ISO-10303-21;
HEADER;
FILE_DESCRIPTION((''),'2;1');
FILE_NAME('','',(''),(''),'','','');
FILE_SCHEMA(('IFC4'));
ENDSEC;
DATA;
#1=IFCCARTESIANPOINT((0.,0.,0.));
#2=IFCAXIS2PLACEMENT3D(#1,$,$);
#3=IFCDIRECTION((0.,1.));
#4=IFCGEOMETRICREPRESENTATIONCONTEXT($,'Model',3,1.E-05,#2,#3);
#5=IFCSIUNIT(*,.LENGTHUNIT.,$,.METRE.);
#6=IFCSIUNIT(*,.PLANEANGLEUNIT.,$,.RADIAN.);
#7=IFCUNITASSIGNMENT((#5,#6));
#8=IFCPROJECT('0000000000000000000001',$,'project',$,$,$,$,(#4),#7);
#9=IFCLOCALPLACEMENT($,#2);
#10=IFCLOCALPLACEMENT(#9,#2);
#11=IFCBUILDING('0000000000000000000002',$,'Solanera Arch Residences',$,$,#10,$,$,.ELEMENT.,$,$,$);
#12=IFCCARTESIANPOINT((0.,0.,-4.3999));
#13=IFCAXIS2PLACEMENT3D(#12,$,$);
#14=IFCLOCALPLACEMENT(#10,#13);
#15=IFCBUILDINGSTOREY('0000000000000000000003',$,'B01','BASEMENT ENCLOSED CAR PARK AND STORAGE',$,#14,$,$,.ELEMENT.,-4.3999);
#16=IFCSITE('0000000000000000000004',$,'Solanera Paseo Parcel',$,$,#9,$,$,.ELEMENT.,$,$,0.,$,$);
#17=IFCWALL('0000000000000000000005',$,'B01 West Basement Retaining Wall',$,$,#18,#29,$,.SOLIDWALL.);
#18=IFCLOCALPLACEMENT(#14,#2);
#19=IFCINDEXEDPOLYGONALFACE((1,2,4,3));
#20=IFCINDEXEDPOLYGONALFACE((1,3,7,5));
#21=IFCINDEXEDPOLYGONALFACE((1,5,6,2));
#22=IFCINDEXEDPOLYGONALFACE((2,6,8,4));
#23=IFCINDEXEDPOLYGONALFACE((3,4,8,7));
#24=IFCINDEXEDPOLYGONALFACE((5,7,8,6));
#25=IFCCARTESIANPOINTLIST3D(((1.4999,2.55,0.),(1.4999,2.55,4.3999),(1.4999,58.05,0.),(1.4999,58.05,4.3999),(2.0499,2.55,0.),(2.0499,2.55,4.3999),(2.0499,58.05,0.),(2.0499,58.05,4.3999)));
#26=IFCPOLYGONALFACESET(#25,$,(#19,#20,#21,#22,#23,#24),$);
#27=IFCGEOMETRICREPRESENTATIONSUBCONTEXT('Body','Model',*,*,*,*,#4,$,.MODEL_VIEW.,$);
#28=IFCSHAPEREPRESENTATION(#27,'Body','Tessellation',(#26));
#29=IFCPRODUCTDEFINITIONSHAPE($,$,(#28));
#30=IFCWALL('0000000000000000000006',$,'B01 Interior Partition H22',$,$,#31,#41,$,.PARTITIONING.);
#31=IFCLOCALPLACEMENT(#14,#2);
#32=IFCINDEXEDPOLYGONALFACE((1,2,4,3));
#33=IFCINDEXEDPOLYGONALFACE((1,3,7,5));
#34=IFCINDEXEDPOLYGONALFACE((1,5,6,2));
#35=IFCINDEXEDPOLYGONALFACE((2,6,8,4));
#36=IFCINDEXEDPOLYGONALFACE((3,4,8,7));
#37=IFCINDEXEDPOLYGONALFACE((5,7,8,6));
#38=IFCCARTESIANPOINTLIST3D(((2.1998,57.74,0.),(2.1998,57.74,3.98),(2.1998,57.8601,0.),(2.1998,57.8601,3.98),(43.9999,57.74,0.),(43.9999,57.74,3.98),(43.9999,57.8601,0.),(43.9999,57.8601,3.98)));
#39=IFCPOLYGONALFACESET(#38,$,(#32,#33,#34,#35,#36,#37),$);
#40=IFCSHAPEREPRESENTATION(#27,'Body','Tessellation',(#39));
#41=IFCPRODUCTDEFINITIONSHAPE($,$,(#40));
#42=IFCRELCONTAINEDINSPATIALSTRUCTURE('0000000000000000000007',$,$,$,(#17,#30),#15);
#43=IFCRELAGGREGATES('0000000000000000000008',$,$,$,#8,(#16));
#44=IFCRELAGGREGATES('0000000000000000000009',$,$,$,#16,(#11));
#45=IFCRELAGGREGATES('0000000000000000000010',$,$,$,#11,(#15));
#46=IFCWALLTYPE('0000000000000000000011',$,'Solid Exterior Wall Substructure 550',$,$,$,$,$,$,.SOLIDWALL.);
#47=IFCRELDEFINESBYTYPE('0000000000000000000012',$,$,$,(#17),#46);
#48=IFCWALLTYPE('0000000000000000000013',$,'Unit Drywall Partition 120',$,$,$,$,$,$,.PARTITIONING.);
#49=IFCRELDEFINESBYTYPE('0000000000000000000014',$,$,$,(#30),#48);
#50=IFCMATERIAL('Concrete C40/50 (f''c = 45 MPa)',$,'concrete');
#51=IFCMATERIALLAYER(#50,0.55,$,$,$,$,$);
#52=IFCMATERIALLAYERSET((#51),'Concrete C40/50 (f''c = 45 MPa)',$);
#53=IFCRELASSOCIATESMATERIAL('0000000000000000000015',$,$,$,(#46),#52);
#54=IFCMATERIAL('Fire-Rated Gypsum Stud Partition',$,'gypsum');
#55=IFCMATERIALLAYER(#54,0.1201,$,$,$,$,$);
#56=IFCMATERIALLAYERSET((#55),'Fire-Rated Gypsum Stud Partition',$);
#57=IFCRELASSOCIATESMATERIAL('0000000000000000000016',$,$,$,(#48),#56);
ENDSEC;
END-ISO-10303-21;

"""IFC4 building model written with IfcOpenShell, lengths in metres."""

from ifc_helpers import new_model, si_unit, direction, frame, frame_2d, origin, place, context, subcontext, project, spatial, rectangle, extrude, material, layer, layer_set, type_object, element, save


model = new_model("IFC4")

# Units and contexts
model_context = context("Model", 3, precision=1e-05, world=origin(), true_north=direction((0.0, 1.0)))
body_context = subcontext(model_context, "Body", "Model", "MODEL_VIEW")
ifc_project = project(units=[si_unit("LENGTHUNIT", "METRE"), si_unit("PLANEANGLEUNIT", "RADIAN")], contexts=[model_context])

# Site, building, storey
site_placement = place(None, origin())
site = spatial("IfcSite", under=ifc_project, at=site_placement, Name="Solanera Paseo Parcel", CompositionType="ELEMENT", RefElevation=0.0)
building_placement = place(site_placement, origin())
building = spatial("IfcBuilding", under=site, at=building_placement, Name="Solanera Arch Residences", CompositionType="ELEMENT")
storey_placement = place(building_placement, frame((0.0, 0.0, -4.3999)))
storey = spatial("IfcBuildingStorey", under=building, at=storey_placement, Name="B01", Description="BASEMENT ENCLOSED CAR PARK AND STORAGE", CompositionType="ELEMENT", Elevation=-4.3999)

# Walls
ifc_material_1 = material(Name="Concrete C40/50 (f'c = 45 MPa)", Category="concrete")
ifc_layer_1 = layer(ifc_material_1, 0.55)
ifc_layer_set_1 = layer_set([ifc_layer_1], Name="Concrete C40/50 (f'c = 45 MPa)")
wall_type_1 = type_object("IfcWallType", Name="Solid Exterior Wall Substructure 550", PredefinedType="SOLIDWALL", material=ifc_layer_set_1)
wall_1_placement = place(storey_placement, frame((1.7749, 58.05, 0.0), z_axis=(0.0, 0.0, 1.0), x_axis=(0.0, -1.0, 0.0)))
element("IfcWall", 1, at=wall_1_placement, inside=storey, type_object=wall_type_1, Name="B01 West Basement Retaining Wall", PredefinedType="SOLIDWALL", context=body_context, shape_type="SweptSolid", body=[
    extrude(rectangle(XDim=55.5, YDim=0.55, at=frame_2d((27.75, 0.0))), origin(), (0.0, 0.0, 1.0), 4.3999),
])
ifc_material_2 = material(Name="Fire-Rated Gypsum Stud Partition", Category="gypsum")
ifc_layer_2 = layer(ifc_material_2, 0.1201)
ifc_layer_set_2 = layer_set([ifc_layer_2], Name="Fire-Rated Gypsum Stud Partition")
wall_type_2 = type_object("IfcWallType", Name="Unit Drywall Partition 120", PredefinedType="PARTITIONING", material=ifc_layer_set_2)
wall_2_placement = place(storey_placement, frame((2.2, 57.8, 0.0), z_axis=(0.0, 0.0, 1.0), x_axis=(1.0, 0.0, 0.0)))
element("IfcWall", 2, at=wall_2_placement, inside=storey, type_object=wall_type_2, Name="B01 Interior Partition H22", PredefinedType="PARTITIONING", context=body_context, shape_type="SweptSolid", body=[
    extrude(rectangle(XDim=41.8, YDim=0.1201, at=frame_2d((20.8999, 0.0))), origin(), (0.0, 0.0, 1.0), 3.98),
])

save(model, "model.ifc")
